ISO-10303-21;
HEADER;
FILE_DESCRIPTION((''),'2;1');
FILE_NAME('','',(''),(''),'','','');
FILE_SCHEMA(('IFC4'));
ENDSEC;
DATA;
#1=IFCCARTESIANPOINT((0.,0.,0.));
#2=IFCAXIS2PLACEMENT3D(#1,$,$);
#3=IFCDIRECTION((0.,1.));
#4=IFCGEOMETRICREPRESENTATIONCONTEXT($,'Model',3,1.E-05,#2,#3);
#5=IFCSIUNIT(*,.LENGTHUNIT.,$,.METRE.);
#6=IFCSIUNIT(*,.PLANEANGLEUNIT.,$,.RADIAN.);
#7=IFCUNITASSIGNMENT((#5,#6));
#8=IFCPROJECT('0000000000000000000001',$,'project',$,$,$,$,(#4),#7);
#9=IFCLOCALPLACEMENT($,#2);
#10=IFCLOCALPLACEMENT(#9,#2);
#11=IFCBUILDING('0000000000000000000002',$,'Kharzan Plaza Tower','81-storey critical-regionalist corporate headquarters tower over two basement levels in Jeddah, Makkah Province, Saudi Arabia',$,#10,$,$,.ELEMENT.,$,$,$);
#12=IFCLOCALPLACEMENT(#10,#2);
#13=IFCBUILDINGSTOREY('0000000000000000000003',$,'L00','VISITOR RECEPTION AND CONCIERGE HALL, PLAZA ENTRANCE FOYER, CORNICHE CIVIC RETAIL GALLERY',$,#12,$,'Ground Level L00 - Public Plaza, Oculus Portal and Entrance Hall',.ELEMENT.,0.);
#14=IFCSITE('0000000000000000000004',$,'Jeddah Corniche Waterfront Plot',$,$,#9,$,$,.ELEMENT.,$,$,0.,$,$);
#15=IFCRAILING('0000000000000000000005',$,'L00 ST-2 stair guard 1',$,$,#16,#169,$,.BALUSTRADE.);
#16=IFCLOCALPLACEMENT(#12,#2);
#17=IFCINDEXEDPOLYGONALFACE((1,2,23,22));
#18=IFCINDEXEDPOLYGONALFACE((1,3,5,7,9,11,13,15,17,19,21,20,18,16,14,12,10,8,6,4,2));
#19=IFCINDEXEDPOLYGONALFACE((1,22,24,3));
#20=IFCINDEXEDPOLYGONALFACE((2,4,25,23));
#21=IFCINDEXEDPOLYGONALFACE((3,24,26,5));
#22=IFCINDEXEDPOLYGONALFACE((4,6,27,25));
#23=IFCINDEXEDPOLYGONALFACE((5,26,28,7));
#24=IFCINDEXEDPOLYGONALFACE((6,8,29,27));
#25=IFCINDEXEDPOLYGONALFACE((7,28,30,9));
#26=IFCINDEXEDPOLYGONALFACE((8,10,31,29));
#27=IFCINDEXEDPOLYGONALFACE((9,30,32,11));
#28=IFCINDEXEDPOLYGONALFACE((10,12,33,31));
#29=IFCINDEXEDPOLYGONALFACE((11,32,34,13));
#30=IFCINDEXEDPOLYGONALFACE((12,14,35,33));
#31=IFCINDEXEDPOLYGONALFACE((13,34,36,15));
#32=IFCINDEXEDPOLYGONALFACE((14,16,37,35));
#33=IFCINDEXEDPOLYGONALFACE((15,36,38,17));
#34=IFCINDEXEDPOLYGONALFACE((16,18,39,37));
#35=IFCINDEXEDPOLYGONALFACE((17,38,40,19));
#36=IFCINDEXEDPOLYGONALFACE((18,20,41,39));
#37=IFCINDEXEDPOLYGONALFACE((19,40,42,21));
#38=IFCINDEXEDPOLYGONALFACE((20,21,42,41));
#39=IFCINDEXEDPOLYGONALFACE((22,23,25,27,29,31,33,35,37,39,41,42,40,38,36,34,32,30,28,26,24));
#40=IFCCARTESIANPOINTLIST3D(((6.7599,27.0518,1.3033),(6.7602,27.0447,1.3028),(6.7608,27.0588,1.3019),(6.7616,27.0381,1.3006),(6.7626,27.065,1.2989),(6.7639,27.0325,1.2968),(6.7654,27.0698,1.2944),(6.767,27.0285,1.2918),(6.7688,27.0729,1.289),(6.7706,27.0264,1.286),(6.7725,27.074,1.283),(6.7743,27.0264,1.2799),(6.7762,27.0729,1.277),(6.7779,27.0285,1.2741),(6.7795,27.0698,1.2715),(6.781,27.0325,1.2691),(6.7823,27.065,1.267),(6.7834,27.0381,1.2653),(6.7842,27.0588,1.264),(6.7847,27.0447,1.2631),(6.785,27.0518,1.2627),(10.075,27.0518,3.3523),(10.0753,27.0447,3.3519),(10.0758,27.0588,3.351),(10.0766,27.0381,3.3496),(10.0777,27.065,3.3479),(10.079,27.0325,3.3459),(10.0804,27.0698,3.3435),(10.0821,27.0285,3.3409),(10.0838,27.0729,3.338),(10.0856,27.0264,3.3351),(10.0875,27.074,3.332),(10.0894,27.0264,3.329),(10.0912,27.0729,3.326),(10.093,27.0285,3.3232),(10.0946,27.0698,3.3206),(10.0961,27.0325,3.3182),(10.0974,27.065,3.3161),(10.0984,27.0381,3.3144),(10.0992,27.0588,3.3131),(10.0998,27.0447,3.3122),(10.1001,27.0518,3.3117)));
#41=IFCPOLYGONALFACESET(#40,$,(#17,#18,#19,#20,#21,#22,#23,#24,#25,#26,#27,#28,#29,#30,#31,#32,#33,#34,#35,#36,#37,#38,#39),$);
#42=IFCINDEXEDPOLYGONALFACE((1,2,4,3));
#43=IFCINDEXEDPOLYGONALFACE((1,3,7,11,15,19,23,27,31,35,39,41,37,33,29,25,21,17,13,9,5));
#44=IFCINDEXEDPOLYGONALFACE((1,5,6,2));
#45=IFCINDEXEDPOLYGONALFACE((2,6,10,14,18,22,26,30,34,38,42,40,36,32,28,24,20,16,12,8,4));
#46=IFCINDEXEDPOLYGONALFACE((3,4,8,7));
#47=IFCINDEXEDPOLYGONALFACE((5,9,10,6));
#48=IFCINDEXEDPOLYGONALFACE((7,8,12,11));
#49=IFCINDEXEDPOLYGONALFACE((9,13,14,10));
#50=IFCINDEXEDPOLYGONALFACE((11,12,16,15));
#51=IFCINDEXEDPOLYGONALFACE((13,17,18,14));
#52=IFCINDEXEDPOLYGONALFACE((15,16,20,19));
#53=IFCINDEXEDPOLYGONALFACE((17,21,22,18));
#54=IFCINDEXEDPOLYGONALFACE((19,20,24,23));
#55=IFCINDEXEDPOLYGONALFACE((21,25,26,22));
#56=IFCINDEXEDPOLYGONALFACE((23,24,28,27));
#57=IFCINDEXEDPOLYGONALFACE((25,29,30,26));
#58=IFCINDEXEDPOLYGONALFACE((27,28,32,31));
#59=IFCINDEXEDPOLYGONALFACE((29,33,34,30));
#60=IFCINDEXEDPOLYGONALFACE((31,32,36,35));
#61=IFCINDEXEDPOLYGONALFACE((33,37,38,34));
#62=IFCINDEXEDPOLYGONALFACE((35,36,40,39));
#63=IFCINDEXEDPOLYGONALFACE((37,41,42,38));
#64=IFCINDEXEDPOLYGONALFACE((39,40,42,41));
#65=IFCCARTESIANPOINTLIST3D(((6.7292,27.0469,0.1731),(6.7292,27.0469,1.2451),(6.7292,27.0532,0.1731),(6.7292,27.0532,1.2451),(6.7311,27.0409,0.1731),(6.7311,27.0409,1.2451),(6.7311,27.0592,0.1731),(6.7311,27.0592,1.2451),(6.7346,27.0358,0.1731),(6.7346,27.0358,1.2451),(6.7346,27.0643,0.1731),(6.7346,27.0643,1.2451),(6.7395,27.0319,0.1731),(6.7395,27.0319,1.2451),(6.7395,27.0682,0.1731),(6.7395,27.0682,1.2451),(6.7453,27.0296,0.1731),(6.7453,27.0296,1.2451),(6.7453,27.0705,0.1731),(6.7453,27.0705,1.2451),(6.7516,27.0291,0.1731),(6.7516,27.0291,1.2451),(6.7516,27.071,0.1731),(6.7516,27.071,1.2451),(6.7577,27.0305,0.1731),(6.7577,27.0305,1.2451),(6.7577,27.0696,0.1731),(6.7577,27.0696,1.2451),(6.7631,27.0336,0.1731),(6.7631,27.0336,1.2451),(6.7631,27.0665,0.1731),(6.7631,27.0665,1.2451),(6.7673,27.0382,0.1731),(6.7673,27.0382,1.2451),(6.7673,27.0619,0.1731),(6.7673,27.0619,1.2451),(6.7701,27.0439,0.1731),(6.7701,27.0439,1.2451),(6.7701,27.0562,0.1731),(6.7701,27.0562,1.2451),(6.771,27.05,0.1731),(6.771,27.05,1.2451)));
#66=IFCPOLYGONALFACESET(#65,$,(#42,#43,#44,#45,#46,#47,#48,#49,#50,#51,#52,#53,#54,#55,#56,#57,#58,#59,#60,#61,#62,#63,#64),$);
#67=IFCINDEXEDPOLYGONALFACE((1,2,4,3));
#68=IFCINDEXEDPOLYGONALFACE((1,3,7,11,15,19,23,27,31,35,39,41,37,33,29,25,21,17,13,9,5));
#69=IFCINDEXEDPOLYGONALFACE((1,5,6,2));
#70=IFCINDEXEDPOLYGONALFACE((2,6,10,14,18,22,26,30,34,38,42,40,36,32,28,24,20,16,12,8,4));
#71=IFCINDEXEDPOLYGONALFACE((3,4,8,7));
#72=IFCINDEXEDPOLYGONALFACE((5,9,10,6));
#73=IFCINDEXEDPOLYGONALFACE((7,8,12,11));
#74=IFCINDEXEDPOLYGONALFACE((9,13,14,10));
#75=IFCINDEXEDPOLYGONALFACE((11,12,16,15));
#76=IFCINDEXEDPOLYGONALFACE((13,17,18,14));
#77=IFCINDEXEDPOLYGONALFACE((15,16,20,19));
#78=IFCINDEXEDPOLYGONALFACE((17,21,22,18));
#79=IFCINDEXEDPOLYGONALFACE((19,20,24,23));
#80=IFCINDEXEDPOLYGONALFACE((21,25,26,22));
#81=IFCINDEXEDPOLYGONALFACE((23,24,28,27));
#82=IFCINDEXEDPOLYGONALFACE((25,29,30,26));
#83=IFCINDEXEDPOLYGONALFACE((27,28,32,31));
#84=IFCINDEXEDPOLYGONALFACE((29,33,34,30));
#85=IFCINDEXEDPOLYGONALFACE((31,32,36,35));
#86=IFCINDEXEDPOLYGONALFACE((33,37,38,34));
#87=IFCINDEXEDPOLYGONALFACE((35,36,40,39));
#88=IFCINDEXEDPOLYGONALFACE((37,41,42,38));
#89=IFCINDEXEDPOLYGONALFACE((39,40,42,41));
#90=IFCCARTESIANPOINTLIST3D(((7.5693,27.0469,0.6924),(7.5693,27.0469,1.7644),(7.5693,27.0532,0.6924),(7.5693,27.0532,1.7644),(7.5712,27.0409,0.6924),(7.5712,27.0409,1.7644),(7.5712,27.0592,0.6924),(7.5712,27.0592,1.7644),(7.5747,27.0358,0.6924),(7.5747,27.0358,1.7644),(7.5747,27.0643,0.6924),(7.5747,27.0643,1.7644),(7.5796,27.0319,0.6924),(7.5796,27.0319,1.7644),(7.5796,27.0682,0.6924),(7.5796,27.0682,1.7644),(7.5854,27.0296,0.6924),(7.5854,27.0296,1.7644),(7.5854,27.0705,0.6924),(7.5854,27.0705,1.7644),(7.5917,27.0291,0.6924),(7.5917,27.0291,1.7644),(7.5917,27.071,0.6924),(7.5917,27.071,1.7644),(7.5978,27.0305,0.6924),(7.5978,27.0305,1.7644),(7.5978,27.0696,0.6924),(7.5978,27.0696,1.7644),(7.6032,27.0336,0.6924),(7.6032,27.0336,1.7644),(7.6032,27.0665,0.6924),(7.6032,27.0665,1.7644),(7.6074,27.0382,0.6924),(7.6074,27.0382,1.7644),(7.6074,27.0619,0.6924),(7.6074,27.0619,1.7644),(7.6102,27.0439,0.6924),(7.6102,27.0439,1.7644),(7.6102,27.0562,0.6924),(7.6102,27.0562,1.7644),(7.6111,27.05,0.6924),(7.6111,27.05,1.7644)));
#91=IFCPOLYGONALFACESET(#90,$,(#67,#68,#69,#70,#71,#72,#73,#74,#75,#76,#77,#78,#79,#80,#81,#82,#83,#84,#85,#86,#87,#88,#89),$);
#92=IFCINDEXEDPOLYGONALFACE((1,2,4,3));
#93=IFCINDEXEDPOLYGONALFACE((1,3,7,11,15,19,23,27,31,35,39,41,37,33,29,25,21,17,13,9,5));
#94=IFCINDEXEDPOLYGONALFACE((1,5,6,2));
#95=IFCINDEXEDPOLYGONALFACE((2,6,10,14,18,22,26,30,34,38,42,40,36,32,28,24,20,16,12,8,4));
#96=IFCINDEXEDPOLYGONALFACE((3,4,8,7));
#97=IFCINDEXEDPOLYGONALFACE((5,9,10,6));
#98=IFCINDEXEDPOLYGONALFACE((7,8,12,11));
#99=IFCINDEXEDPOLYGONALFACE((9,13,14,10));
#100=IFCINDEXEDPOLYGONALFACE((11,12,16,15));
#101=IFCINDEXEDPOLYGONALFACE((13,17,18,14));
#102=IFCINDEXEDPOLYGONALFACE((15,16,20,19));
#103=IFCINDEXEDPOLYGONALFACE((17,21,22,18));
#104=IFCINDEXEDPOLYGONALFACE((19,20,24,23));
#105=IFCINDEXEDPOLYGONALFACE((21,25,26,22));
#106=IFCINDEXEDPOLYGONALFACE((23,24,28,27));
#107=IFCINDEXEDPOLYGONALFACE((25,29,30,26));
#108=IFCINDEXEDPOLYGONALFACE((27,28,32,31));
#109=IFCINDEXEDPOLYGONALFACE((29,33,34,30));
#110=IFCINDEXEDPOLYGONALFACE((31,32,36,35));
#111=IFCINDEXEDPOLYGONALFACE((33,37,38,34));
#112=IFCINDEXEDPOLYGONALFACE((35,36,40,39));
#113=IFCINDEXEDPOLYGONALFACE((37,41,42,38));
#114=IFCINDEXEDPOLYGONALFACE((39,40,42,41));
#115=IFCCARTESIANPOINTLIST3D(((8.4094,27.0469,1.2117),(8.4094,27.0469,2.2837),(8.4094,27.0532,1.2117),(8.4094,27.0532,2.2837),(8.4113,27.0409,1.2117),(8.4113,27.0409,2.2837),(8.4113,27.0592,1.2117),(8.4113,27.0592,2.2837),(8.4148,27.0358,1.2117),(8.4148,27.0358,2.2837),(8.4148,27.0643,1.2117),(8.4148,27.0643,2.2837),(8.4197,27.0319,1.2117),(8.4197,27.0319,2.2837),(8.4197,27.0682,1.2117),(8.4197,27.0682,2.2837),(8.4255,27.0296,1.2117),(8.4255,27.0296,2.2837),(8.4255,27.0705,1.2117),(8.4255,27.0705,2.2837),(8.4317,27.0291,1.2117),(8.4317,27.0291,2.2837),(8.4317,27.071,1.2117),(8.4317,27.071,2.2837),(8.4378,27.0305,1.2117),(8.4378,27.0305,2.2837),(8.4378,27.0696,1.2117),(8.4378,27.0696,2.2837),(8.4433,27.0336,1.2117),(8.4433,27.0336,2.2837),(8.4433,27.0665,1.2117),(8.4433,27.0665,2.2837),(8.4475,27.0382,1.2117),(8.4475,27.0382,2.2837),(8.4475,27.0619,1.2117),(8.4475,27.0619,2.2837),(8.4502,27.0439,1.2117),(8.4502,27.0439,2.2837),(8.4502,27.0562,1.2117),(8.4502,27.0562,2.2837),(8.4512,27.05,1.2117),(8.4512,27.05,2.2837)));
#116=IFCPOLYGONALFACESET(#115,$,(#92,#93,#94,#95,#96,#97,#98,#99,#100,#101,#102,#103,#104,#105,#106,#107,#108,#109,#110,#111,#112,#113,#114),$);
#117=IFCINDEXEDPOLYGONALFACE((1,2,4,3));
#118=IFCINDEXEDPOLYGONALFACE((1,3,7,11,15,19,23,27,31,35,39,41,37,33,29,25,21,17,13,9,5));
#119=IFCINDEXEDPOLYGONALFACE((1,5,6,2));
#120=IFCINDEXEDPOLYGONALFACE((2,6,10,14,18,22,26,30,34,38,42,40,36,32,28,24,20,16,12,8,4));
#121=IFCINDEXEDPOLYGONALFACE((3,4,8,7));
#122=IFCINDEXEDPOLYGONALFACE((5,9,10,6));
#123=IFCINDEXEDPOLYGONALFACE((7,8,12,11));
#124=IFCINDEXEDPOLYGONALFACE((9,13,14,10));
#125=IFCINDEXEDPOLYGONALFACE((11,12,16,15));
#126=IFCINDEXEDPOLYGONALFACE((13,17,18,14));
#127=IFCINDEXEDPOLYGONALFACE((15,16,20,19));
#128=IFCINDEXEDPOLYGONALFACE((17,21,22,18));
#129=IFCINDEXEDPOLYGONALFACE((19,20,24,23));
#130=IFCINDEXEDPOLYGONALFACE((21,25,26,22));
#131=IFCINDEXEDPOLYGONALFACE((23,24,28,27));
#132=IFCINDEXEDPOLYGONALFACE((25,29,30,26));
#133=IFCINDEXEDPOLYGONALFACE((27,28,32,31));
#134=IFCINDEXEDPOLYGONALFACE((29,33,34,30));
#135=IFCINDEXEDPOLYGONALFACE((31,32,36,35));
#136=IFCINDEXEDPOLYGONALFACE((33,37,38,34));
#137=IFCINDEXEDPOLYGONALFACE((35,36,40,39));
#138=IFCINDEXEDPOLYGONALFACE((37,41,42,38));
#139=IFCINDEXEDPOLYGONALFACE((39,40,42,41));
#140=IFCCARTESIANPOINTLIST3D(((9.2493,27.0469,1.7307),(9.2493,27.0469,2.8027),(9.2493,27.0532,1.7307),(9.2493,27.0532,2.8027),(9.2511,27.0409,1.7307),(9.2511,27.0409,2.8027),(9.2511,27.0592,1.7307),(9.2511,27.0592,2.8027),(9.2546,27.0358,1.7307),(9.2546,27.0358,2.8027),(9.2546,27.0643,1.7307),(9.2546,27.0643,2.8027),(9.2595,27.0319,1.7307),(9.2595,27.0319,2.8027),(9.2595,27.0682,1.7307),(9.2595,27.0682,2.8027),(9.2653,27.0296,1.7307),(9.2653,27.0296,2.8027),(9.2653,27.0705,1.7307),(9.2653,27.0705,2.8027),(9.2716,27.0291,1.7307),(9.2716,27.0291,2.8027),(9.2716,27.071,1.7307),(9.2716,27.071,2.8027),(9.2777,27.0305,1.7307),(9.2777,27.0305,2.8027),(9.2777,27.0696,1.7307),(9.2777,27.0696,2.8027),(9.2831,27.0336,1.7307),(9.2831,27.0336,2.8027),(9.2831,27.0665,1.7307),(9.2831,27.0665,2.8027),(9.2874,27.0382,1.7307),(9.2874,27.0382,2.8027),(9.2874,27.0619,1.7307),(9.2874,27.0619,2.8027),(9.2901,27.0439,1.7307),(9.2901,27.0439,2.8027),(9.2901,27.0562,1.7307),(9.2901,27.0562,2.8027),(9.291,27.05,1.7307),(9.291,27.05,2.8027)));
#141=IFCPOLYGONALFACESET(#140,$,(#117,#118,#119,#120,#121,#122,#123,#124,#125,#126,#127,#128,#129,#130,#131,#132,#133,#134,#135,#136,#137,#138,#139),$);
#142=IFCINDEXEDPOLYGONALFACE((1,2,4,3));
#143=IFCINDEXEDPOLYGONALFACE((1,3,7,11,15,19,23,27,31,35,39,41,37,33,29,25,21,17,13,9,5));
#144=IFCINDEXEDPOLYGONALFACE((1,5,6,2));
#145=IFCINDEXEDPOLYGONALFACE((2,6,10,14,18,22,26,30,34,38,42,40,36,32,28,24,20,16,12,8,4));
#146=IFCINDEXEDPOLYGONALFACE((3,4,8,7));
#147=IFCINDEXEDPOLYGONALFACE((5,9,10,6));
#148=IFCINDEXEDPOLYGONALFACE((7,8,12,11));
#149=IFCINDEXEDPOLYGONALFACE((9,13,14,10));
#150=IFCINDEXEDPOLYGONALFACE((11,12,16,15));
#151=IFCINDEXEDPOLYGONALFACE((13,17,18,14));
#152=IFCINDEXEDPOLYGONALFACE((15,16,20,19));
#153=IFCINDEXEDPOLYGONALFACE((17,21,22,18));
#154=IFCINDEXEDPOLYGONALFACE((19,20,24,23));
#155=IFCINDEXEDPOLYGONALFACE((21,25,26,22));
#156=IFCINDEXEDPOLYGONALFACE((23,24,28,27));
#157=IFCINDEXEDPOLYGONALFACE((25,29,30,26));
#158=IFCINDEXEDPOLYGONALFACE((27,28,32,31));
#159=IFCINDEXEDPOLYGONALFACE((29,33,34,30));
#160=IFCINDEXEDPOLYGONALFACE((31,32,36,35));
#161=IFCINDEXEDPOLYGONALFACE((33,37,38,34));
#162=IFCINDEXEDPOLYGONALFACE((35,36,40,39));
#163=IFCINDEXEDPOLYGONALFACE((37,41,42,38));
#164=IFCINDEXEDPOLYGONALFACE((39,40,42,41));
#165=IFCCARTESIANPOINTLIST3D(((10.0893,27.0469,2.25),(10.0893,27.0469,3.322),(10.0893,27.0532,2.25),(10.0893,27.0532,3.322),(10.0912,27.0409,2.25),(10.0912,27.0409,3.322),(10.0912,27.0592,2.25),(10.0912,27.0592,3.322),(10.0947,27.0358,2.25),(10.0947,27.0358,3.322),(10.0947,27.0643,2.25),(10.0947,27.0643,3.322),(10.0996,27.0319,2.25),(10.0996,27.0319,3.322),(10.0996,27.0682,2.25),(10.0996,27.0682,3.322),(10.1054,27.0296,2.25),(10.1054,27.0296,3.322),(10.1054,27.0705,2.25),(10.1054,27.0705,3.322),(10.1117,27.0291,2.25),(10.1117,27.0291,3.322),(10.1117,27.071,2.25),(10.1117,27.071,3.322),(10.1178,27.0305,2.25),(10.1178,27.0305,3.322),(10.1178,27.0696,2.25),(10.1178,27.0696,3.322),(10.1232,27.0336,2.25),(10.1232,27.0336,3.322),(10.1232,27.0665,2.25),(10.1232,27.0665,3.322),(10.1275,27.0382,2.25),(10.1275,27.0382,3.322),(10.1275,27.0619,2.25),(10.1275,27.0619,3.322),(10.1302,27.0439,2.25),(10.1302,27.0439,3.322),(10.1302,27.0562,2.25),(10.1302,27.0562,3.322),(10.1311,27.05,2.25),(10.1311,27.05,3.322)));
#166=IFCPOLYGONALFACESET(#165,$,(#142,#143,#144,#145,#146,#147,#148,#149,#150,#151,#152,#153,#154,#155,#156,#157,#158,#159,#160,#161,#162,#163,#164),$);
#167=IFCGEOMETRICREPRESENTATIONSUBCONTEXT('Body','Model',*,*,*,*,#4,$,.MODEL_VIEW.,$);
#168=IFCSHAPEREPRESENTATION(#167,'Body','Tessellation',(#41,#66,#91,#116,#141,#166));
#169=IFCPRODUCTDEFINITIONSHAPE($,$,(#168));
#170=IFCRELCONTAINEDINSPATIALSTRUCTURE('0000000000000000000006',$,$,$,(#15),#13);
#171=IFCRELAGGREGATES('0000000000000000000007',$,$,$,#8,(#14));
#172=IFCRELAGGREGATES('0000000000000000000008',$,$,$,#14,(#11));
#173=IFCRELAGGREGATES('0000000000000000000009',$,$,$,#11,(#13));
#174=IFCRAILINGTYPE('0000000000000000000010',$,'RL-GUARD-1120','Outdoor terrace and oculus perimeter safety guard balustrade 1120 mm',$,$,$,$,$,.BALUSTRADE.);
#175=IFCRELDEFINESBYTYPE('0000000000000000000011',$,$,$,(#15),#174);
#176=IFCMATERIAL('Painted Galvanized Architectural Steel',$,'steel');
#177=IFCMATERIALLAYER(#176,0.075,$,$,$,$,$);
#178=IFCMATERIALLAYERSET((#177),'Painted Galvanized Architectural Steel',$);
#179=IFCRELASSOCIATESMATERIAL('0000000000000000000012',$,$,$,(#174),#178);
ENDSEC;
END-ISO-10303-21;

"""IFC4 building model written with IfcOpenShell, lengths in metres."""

from ifc_helpers import new_model, si_unit, direction, frame, origin, origin_2d, place, context, subcontext, project, spatial, circle, extrude, source, transform, mapped, material, layer, layer_set, type_object, element, save


model = new_model("IFC4")

# Units and contexts
model_context = context("Model", 3, precision=1e-05, world=origin(), true_north=direction((0.0, 1.0)))
body_context = subcontext(model_context, "Body", "Model", "MODEL_VIEW")
ifc_project = project(units=[si_unit("LENGTHUNIT", "METRE"), si_unit("PLANEANGLEUNIT", "RADIAN")], contexts=[model_context])

# Site, building, storey
site_placement = place(None, origin())
site = spatial("IfcSite", under=ifc_project, at=site_placement, Name="Jeddah Corniche Waterfront Plot", CompositionType="ELEMENT", RefElevation=0.0)
building_placement = place(site_placement, origin())
building = spatial("IfcBuilding", under=site, at=building_placement, Name="Kharzan Plaza Tower", Description="81-storey critical-regionalist corporate headquarters tower over two basement levels in Jeddah, Makkah Province, Saudi Arabia", CompositionType="ELEMENT")
storey_placement = place(building_placement, origin())
storey = spatial("IfcBuildingStorey", under=building, at=storey_placement, Name="L00", Description="VISITOR RECEPTION AND CONCIERGE HALL, PLAZA ENTRANCE FOYER, CORNICHE CIVIC RETAIL GALLERY", LongName="Ground Level L00 - Public Plaza, Oculus Portal and Entrance Hall", CompositionType="ELEMENT", Elevation=0.0)

# Railing
ifc_material_1 = material(Name="Painted Galvanized Architectural Steel", Category="steel")
ifc_layer_1 = layer(ifc_material_1, 0.075)
ifc_layer_set_1 = layer_set([ifc_layer_1], Name="Painted Galvanized Architectural Steel")
railing_type_1 = type_object("IfcRailingType", Name="RL-GUARD-1120", Description="Outdoor terrace and oculus perimeter safety guard balustrade 1120 mm", PredefinedType="BALUSTRADE", material=ifc_layer_set_1)
shared_shape_1 = source(origin(), body_context, "Body", "SweptSolid", [
    extrude(circle(Radius=0.0239, at=origin_2d()), frame((0.0225, 0.0, 1.1099), z_axis=(0.850623, 0.0, 0.525776), x_axis=(0.0, 1.0, 0.0)), (0.0, 0.0, 1.0), 3.8972),
    extrude(circle(Radius=0.021, at=origin_2d()), origin(), (0.0, 0.0, 1.0), 1.072),
    extrude(circle(Radius=0.021, at=origin_2d()), frame((0.8401, 0.0, 0.5193)), (0.0, 0.0, 1.0), 1.072),
    extrude(circle(Radius=0.021, at=origin_2d()), frame((1.6802, 0.0, 1.0386)), (0.0, 0.0, 1.0), 1.072),
    extrude(circle(Radius=0.021, at=origin_2d()), frame((2.52, 0.0, 1.5576)), (0.0, 0.0, 1.0), 1.072),
    extrude(circle(Radius=0.021, at=origin_2d()), frame((3.3601, 0.0, 2.0769)), (0.0, 0.0, 1.0), 1.072),
])
railing_1_placement = place(storey_placement, frame((6.75, 27.05, 0.1731)))
element("IfcRailing", 1, at=railing_1_placement, inside=storey, type_object=railing_type_1, Name="L00 ST-2 stair guard 1", PredefinedType="BALUSTRADE", context=body_context, shape_type="MappedRepresentation", body=[
    mapped(shared_shape_1, transform((0.0, 0.0, 0.0), x_axis=(1.0, 0.0, 0.0), y_axis=(0.0, 1.0, 0.0), z_axis=(0.0, 0.0, 1.0))),
])

save(model, "model.ifc")
